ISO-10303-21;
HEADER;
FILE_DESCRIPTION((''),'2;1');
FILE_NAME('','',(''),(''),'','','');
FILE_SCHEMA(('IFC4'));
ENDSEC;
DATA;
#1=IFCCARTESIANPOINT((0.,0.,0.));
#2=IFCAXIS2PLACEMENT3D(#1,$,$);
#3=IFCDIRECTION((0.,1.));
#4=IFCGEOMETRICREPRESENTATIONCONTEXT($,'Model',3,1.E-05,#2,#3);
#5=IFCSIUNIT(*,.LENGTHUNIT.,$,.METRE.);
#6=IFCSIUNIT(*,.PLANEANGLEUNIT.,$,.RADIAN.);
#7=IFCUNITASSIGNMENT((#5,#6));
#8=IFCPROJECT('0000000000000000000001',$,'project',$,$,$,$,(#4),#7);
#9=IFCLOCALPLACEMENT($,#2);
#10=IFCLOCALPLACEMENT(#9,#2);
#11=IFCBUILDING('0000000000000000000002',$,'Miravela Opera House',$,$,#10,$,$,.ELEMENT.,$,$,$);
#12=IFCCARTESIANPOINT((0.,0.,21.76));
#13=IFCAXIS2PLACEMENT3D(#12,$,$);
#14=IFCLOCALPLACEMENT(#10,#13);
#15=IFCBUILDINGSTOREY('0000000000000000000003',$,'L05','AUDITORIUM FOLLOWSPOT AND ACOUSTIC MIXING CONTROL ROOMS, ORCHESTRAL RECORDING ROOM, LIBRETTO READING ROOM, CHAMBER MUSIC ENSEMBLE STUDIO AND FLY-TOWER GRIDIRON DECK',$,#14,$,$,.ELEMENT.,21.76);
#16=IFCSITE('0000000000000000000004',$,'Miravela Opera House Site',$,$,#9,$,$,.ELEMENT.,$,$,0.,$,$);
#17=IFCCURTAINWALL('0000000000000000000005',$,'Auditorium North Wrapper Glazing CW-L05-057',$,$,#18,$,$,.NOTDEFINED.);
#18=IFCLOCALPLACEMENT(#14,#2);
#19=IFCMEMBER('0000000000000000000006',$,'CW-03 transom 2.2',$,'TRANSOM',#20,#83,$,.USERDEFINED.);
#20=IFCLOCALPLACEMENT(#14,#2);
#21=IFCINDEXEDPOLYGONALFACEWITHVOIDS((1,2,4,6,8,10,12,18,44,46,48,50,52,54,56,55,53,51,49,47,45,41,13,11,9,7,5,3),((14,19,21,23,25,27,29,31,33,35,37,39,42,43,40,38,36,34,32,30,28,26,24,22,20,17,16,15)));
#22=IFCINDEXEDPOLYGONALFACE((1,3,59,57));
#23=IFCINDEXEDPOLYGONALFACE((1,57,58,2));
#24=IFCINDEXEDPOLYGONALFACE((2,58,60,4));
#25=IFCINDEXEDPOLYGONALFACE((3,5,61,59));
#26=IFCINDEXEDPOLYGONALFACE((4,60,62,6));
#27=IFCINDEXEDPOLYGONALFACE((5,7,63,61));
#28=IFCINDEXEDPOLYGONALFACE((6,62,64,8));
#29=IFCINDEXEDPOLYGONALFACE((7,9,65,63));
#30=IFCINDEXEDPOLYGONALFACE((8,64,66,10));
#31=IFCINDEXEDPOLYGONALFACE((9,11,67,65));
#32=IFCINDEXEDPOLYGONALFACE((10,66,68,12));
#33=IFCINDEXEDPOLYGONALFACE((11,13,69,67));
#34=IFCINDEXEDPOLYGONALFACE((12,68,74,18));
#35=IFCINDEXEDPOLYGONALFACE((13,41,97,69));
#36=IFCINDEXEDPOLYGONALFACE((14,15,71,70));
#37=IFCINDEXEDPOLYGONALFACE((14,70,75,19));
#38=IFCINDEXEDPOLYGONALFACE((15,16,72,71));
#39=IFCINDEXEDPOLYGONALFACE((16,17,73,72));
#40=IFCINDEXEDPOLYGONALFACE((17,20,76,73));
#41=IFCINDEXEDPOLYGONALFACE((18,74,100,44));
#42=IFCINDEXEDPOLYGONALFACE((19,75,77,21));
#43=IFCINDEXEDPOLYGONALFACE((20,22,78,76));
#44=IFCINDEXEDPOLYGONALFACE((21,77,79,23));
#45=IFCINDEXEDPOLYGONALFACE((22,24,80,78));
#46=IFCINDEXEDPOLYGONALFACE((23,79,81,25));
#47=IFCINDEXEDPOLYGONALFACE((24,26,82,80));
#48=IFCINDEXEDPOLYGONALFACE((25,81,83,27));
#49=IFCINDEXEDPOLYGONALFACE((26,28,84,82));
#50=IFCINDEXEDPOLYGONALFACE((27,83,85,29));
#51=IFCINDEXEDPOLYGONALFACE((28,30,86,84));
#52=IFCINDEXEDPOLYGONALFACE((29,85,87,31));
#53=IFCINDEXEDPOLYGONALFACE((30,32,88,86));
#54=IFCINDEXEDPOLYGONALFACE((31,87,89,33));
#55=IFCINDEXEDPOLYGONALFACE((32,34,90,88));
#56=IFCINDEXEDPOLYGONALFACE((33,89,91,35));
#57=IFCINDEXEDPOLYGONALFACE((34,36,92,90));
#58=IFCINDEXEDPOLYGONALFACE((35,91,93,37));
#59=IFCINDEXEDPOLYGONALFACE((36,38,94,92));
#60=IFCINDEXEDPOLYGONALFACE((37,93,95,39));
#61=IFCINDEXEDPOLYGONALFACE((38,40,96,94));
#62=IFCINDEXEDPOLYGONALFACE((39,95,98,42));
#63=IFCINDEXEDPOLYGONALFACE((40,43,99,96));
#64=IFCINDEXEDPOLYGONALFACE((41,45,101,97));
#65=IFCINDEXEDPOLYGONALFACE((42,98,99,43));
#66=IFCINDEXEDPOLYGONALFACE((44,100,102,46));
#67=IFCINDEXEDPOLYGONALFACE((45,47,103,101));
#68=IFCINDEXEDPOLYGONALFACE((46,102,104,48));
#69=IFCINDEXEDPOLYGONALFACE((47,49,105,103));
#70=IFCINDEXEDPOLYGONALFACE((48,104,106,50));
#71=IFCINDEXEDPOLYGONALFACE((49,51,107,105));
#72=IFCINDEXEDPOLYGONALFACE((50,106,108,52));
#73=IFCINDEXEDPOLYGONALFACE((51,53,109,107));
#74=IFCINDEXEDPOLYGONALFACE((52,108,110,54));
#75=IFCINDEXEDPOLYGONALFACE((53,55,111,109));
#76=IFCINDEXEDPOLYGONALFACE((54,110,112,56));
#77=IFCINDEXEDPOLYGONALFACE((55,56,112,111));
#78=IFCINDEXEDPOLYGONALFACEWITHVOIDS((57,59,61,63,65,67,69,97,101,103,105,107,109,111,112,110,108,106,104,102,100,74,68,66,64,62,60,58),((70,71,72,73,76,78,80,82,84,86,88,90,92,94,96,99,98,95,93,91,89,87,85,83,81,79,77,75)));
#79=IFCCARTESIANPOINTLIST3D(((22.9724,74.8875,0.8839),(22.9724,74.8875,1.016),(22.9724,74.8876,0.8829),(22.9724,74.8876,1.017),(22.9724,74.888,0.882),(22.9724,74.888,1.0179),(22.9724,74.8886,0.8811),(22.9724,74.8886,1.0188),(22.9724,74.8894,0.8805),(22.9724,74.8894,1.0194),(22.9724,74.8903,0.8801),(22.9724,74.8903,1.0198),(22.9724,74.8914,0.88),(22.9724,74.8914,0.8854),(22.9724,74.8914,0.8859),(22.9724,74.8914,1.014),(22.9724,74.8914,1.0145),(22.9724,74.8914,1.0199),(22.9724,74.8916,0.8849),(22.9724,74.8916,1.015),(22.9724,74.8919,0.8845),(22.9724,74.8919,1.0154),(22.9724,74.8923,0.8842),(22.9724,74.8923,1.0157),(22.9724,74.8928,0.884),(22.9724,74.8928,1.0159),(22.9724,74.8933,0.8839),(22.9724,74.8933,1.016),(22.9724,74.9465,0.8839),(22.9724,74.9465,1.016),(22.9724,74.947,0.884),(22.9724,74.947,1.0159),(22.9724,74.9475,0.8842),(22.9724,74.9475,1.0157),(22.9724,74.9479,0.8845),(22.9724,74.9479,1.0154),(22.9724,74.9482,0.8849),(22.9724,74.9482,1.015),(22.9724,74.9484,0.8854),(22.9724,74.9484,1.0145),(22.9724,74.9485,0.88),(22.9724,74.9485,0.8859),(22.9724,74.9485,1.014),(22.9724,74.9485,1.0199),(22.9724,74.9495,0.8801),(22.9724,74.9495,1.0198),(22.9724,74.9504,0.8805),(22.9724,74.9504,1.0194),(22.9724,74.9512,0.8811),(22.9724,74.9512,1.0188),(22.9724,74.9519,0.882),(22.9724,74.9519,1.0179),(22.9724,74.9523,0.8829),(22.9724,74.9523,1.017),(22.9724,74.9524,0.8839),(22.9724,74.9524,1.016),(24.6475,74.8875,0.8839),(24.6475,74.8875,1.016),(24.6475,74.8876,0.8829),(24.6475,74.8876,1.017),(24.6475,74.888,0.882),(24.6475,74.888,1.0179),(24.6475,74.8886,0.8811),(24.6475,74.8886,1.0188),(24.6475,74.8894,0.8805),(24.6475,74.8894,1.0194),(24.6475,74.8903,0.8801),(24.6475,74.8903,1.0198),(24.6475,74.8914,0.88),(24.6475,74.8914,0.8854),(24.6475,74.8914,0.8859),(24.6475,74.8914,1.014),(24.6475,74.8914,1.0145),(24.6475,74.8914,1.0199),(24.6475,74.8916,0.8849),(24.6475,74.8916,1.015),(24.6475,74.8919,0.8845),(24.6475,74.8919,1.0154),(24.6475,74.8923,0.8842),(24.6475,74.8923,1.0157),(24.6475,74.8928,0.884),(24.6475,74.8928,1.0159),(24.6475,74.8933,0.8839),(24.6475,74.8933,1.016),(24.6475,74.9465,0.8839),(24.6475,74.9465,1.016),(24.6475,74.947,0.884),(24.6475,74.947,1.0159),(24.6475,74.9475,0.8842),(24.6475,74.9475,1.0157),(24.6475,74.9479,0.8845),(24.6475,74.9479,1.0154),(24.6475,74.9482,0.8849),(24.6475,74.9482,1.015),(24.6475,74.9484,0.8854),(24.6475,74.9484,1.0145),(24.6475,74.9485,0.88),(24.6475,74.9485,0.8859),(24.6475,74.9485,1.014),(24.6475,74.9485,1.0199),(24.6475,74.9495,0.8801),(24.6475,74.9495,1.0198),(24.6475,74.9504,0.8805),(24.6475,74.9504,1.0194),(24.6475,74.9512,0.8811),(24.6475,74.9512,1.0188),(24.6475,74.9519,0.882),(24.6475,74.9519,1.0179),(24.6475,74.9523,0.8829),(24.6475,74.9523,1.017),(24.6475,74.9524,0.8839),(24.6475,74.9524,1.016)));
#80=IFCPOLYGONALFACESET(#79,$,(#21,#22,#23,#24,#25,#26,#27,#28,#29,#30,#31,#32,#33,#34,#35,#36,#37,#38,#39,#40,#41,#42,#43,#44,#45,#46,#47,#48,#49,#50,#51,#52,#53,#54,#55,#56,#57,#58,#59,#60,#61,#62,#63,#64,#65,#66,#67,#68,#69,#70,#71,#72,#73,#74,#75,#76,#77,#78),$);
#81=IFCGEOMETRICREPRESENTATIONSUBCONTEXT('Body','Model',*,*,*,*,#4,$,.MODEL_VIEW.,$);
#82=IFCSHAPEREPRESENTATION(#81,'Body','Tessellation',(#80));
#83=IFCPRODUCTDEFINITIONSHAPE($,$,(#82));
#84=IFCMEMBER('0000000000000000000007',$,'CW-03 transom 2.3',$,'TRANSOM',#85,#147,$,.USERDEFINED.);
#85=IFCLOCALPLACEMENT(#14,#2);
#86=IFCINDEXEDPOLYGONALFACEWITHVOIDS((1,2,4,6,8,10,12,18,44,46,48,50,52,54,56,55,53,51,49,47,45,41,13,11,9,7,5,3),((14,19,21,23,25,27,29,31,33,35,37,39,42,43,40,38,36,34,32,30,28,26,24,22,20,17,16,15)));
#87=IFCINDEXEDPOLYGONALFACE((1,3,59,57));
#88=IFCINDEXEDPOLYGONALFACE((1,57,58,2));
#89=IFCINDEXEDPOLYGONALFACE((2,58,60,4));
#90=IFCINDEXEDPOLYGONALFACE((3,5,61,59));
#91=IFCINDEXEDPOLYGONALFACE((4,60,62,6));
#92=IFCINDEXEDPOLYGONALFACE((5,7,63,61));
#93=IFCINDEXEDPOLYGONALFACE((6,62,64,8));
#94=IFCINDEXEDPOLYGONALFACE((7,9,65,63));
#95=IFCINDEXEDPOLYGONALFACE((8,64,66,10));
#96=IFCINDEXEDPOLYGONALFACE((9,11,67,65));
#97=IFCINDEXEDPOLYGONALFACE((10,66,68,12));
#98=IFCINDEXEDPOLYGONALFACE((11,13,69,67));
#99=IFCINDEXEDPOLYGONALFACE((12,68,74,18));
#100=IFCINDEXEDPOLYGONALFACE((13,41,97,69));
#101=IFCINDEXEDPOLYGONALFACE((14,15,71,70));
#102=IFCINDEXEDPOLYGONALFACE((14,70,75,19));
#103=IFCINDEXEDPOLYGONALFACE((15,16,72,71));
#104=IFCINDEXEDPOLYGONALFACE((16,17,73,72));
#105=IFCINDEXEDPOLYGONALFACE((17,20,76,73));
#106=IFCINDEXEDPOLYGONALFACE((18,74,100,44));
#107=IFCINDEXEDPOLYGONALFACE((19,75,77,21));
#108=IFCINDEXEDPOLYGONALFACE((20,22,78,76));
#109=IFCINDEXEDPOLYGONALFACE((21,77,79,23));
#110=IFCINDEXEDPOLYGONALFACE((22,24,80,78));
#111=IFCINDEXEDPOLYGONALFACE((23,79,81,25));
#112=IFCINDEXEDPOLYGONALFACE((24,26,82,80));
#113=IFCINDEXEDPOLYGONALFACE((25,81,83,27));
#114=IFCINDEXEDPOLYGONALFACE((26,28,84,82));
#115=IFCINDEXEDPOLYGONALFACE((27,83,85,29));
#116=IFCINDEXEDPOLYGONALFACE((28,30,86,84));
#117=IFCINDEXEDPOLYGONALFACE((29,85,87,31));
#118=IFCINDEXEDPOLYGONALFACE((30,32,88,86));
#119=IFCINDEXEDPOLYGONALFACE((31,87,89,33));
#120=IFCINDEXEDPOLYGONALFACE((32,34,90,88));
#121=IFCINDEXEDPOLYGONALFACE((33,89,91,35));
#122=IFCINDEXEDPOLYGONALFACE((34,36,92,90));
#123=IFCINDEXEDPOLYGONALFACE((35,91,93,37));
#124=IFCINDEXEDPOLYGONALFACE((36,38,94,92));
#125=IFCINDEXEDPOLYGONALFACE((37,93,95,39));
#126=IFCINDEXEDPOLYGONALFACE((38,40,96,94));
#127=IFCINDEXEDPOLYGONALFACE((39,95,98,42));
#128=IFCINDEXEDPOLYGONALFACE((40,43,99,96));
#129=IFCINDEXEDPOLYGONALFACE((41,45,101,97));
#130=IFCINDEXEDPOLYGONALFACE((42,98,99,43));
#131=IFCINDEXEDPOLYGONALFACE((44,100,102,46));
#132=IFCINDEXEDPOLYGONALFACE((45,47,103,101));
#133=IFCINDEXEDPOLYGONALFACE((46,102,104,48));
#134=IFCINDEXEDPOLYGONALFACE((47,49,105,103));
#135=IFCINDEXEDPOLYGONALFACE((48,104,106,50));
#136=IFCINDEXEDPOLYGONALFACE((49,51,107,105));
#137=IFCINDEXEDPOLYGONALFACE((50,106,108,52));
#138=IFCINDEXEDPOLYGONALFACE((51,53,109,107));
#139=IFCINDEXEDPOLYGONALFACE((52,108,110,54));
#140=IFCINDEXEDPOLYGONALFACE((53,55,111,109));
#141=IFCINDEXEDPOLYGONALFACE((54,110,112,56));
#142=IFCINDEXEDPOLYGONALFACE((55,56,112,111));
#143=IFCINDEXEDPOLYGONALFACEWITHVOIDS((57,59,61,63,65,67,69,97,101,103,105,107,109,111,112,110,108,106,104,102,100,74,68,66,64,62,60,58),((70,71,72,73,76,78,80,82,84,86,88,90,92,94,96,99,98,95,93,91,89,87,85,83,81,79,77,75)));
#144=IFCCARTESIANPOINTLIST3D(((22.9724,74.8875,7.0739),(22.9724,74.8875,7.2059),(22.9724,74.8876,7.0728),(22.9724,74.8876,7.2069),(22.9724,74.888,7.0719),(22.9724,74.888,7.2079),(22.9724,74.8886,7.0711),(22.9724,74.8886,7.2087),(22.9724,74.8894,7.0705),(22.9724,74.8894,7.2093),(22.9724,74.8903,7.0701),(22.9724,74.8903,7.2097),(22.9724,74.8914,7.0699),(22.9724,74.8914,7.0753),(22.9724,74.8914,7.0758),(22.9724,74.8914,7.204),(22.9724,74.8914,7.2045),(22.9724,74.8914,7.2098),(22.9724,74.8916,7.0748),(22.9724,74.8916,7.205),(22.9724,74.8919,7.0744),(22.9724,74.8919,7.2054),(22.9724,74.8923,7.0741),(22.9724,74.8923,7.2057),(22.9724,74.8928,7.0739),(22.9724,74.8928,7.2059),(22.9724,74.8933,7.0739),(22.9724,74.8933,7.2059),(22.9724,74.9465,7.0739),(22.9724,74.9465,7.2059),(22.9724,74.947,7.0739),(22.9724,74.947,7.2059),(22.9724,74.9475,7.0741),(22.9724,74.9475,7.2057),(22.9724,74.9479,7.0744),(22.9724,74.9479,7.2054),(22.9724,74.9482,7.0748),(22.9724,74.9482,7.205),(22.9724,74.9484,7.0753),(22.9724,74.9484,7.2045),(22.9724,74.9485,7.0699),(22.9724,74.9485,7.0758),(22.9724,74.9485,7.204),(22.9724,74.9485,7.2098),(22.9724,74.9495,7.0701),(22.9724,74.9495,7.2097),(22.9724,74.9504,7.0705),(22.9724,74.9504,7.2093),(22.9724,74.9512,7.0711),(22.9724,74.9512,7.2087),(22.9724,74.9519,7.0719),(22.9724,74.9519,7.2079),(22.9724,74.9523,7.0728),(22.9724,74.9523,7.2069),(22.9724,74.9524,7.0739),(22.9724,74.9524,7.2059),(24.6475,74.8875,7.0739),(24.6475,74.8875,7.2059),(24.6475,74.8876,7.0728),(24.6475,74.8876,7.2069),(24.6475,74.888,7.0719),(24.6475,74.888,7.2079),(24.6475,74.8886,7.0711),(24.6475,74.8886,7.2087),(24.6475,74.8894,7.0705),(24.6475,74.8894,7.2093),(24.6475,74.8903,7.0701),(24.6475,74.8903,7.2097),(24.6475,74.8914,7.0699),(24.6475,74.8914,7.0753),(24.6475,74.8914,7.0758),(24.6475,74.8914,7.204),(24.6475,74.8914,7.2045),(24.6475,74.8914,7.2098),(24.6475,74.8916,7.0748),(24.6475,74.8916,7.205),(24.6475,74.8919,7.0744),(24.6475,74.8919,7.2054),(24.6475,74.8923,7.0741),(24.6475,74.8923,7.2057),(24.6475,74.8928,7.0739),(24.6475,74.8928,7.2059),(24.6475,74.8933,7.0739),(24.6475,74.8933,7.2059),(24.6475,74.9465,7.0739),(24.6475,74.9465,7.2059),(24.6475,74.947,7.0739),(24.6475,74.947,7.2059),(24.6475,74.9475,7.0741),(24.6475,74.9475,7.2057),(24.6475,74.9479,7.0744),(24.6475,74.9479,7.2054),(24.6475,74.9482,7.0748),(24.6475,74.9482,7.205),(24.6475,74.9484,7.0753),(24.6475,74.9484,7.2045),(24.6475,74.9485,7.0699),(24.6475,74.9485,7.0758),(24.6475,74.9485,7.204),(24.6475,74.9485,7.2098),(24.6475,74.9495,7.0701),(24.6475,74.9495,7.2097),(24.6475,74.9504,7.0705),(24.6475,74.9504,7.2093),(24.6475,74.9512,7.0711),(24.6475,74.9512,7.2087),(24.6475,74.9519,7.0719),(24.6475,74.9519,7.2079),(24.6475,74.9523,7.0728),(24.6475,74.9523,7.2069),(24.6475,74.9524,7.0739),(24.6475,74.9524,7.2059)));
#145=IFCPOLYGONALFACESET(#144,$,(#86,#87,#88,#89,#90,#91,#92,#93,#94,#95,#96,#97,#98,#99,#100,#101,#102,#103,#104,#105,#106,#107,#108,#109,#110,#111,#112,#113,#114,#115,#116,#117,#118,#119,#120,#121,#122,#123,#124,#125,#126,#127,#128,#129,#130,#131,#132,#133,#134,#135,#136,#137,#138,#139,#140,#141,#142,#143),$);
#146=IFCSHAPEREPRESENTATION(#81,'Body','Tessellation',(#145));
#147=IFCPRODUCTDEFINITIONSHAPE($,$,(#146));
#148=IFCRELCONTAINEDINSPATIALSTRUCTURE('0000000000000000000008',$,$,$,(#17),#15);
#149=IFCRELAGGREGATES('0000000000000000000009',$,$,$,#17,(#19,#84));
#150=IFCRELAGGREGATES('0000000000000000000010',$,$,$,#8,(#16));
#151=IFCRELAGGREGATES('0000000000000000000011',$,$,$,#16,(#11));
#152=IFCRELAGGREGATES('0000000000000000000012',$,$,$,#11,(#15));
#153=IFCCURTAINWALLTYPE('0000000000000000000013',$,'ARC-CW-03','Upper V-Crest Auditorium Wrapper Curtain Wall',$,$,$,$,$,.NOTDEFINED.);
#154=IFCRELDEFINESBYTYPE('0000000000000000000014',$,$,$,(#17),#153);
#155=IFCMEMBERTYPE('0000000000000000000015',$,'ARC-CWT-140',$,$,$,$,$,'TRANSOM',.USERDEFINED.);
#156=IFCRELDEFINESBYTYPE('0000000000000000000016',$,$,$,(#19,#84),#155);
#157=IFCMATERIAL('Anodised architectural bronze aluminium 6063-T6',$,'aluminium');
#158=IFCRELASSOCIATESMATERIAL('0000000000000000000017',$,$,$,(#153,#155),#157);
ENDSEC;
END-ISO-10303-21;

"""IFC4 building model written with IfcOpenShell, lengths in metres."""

from ifc_helpers import new_model, si_unit, direction, frame, origin, origin_2d, place, context, subcontext, project, spatial, hollow_rectangle, extrude, material, material_profile, profile_set, type_object, element, aggregate, save


model = new_model("IFC4")

# Units and contexts
model_context = context("Model", 3, precision=1e-05, world=origin(), true_north=direction((0.0, 1.0)))
body_context = subcontext(model_context, "Body", "Model", "MODEL_VIEW")
ifc_project = project(units=[si_unit("LENGTHUNIT", "METRE"), si_unit("PLANEANGLEUNIT", "RADIAN")], contexts=[model_context])

# Site, building, storey
site_placement = place(None, origin())
site = spatial("IfcSite", under=ifc_project, at=site_placement, Name="Miravela Opera House Site", CompositionType="ELEMENT", RefElevation=0.0)
building_placement = place(site_placement, origin())
building = spatial("IfcBuilding", under=site, at=building_placement, Name="Miravela Opera House", CompositionType="ELEMENT")
storey_placement = place(building_placement, frame((0.0, 0.0, 21.76)))
storey = spatial("IfcBuildingStorey", under=building, at=storey_placement, Name="L05", Description="AUDITORIUM FOLLOWSPOT AND ACOUSTIC MIXING CONTROL ROOMS, ORCHESTRAL RECORDING ROOM, LIBRETTO READING ROOM, CHAMBER MUSIC ENSEMBLE STUDIO AND FLY-TOWER GRIDIRON DECK", CompositionType="ELEMENT", Elevation=21.76)

# Curtain wall, members
ifc_material_1 = material(Name="Anodised architectural bronze aluminium 6063-T6", Category="aluminium")
curtain_wall_type = type_object("IfcCurtainWallType", Name="ARC-CW-03", Description="Upper V-Crest Auditorium Wrapper Curtain Wall", PredefinedType="NOTDEFINED", material=ifc_material_1)
curtain_wall_1_placement = place(storey_placement, origin())
curtain_wall_1 = element("IfcCurtainWall", 1, at=curtain_wall_1_placement, inside=storey, type_object=curtain_wall_type, Name="Auditorium North Wrapper Glazing CW-L05-057", PredefinedType="NOTDEFINED")
ifc_material_profile = material_profile(ifc_material_1, hollow_rectangle(XDim=0.0649, YDim=0.1399, WallThickness=0.0039, InnerFilletRadius=0.002, OuterFilletRadius=0.0039, at=origin_2d()), Name="CWT-65X140")
ifc_profile_set = profile_set([ifc_material_profile])
member_type = type_object("IfcMemberType", Name="ARC-CWT-140", ElementType="TRANSOM", PredefinedType="USERDEFINED", material=ifc_profile_set)
member_1_placement = place(storey_placement, frame((22.9724, 74.9199, 0.95), z_axis=(1.0, 0.0, 0.0), x_axis=(0.0, 1.0, 0.0)))
member_1 = element("IfcMember", 2, at=member_1_placement, type_object=member_type, Name="CW-03 transom 2.2", ObjectType="TRANSOM", PredefinedType="USERDEFINED", context=body_context, shape_type="SweptSolid", body=[
    extrude(hollow_rectangle(XDim=0.0649, YDim=0.1399, WallThickness=0.0039, InnerFilletRadius=0.002, OuterFilletRadius=0.0039, at=origin_2d()), origin(), (0.0, 0.0, 1.0), 1.675),
])
member_2_placement = place(storey_placement, frame((22.9724, 74.9199, 7.1399), z_axis=(1.0, 0.0, 0.0), x_axis=(0.0, 1.0, 0.0)))
member_2 = element("IfcMember", 3, at=member_2_placement, type_object=member_type, Name="CW-03 transom 2.3", ObjectType="TRANSOM", PredefinedType="USERDEFINED", context=body_context, shape_type="SweptSolid", body=[
    extrude(hollow_rectangle(XDim=0.0649, YDim=0.1399, WallThickness=0.0039, InnerFilletRadius=0.002, OuterFilletRadius=0.0039, at=origin_2d()), origin(), (0.0, 0.0, 1.0), 1.675),
])

aggregate(curtain_wall_1, [member_1, member_2])

save(model, "model.ifc")
